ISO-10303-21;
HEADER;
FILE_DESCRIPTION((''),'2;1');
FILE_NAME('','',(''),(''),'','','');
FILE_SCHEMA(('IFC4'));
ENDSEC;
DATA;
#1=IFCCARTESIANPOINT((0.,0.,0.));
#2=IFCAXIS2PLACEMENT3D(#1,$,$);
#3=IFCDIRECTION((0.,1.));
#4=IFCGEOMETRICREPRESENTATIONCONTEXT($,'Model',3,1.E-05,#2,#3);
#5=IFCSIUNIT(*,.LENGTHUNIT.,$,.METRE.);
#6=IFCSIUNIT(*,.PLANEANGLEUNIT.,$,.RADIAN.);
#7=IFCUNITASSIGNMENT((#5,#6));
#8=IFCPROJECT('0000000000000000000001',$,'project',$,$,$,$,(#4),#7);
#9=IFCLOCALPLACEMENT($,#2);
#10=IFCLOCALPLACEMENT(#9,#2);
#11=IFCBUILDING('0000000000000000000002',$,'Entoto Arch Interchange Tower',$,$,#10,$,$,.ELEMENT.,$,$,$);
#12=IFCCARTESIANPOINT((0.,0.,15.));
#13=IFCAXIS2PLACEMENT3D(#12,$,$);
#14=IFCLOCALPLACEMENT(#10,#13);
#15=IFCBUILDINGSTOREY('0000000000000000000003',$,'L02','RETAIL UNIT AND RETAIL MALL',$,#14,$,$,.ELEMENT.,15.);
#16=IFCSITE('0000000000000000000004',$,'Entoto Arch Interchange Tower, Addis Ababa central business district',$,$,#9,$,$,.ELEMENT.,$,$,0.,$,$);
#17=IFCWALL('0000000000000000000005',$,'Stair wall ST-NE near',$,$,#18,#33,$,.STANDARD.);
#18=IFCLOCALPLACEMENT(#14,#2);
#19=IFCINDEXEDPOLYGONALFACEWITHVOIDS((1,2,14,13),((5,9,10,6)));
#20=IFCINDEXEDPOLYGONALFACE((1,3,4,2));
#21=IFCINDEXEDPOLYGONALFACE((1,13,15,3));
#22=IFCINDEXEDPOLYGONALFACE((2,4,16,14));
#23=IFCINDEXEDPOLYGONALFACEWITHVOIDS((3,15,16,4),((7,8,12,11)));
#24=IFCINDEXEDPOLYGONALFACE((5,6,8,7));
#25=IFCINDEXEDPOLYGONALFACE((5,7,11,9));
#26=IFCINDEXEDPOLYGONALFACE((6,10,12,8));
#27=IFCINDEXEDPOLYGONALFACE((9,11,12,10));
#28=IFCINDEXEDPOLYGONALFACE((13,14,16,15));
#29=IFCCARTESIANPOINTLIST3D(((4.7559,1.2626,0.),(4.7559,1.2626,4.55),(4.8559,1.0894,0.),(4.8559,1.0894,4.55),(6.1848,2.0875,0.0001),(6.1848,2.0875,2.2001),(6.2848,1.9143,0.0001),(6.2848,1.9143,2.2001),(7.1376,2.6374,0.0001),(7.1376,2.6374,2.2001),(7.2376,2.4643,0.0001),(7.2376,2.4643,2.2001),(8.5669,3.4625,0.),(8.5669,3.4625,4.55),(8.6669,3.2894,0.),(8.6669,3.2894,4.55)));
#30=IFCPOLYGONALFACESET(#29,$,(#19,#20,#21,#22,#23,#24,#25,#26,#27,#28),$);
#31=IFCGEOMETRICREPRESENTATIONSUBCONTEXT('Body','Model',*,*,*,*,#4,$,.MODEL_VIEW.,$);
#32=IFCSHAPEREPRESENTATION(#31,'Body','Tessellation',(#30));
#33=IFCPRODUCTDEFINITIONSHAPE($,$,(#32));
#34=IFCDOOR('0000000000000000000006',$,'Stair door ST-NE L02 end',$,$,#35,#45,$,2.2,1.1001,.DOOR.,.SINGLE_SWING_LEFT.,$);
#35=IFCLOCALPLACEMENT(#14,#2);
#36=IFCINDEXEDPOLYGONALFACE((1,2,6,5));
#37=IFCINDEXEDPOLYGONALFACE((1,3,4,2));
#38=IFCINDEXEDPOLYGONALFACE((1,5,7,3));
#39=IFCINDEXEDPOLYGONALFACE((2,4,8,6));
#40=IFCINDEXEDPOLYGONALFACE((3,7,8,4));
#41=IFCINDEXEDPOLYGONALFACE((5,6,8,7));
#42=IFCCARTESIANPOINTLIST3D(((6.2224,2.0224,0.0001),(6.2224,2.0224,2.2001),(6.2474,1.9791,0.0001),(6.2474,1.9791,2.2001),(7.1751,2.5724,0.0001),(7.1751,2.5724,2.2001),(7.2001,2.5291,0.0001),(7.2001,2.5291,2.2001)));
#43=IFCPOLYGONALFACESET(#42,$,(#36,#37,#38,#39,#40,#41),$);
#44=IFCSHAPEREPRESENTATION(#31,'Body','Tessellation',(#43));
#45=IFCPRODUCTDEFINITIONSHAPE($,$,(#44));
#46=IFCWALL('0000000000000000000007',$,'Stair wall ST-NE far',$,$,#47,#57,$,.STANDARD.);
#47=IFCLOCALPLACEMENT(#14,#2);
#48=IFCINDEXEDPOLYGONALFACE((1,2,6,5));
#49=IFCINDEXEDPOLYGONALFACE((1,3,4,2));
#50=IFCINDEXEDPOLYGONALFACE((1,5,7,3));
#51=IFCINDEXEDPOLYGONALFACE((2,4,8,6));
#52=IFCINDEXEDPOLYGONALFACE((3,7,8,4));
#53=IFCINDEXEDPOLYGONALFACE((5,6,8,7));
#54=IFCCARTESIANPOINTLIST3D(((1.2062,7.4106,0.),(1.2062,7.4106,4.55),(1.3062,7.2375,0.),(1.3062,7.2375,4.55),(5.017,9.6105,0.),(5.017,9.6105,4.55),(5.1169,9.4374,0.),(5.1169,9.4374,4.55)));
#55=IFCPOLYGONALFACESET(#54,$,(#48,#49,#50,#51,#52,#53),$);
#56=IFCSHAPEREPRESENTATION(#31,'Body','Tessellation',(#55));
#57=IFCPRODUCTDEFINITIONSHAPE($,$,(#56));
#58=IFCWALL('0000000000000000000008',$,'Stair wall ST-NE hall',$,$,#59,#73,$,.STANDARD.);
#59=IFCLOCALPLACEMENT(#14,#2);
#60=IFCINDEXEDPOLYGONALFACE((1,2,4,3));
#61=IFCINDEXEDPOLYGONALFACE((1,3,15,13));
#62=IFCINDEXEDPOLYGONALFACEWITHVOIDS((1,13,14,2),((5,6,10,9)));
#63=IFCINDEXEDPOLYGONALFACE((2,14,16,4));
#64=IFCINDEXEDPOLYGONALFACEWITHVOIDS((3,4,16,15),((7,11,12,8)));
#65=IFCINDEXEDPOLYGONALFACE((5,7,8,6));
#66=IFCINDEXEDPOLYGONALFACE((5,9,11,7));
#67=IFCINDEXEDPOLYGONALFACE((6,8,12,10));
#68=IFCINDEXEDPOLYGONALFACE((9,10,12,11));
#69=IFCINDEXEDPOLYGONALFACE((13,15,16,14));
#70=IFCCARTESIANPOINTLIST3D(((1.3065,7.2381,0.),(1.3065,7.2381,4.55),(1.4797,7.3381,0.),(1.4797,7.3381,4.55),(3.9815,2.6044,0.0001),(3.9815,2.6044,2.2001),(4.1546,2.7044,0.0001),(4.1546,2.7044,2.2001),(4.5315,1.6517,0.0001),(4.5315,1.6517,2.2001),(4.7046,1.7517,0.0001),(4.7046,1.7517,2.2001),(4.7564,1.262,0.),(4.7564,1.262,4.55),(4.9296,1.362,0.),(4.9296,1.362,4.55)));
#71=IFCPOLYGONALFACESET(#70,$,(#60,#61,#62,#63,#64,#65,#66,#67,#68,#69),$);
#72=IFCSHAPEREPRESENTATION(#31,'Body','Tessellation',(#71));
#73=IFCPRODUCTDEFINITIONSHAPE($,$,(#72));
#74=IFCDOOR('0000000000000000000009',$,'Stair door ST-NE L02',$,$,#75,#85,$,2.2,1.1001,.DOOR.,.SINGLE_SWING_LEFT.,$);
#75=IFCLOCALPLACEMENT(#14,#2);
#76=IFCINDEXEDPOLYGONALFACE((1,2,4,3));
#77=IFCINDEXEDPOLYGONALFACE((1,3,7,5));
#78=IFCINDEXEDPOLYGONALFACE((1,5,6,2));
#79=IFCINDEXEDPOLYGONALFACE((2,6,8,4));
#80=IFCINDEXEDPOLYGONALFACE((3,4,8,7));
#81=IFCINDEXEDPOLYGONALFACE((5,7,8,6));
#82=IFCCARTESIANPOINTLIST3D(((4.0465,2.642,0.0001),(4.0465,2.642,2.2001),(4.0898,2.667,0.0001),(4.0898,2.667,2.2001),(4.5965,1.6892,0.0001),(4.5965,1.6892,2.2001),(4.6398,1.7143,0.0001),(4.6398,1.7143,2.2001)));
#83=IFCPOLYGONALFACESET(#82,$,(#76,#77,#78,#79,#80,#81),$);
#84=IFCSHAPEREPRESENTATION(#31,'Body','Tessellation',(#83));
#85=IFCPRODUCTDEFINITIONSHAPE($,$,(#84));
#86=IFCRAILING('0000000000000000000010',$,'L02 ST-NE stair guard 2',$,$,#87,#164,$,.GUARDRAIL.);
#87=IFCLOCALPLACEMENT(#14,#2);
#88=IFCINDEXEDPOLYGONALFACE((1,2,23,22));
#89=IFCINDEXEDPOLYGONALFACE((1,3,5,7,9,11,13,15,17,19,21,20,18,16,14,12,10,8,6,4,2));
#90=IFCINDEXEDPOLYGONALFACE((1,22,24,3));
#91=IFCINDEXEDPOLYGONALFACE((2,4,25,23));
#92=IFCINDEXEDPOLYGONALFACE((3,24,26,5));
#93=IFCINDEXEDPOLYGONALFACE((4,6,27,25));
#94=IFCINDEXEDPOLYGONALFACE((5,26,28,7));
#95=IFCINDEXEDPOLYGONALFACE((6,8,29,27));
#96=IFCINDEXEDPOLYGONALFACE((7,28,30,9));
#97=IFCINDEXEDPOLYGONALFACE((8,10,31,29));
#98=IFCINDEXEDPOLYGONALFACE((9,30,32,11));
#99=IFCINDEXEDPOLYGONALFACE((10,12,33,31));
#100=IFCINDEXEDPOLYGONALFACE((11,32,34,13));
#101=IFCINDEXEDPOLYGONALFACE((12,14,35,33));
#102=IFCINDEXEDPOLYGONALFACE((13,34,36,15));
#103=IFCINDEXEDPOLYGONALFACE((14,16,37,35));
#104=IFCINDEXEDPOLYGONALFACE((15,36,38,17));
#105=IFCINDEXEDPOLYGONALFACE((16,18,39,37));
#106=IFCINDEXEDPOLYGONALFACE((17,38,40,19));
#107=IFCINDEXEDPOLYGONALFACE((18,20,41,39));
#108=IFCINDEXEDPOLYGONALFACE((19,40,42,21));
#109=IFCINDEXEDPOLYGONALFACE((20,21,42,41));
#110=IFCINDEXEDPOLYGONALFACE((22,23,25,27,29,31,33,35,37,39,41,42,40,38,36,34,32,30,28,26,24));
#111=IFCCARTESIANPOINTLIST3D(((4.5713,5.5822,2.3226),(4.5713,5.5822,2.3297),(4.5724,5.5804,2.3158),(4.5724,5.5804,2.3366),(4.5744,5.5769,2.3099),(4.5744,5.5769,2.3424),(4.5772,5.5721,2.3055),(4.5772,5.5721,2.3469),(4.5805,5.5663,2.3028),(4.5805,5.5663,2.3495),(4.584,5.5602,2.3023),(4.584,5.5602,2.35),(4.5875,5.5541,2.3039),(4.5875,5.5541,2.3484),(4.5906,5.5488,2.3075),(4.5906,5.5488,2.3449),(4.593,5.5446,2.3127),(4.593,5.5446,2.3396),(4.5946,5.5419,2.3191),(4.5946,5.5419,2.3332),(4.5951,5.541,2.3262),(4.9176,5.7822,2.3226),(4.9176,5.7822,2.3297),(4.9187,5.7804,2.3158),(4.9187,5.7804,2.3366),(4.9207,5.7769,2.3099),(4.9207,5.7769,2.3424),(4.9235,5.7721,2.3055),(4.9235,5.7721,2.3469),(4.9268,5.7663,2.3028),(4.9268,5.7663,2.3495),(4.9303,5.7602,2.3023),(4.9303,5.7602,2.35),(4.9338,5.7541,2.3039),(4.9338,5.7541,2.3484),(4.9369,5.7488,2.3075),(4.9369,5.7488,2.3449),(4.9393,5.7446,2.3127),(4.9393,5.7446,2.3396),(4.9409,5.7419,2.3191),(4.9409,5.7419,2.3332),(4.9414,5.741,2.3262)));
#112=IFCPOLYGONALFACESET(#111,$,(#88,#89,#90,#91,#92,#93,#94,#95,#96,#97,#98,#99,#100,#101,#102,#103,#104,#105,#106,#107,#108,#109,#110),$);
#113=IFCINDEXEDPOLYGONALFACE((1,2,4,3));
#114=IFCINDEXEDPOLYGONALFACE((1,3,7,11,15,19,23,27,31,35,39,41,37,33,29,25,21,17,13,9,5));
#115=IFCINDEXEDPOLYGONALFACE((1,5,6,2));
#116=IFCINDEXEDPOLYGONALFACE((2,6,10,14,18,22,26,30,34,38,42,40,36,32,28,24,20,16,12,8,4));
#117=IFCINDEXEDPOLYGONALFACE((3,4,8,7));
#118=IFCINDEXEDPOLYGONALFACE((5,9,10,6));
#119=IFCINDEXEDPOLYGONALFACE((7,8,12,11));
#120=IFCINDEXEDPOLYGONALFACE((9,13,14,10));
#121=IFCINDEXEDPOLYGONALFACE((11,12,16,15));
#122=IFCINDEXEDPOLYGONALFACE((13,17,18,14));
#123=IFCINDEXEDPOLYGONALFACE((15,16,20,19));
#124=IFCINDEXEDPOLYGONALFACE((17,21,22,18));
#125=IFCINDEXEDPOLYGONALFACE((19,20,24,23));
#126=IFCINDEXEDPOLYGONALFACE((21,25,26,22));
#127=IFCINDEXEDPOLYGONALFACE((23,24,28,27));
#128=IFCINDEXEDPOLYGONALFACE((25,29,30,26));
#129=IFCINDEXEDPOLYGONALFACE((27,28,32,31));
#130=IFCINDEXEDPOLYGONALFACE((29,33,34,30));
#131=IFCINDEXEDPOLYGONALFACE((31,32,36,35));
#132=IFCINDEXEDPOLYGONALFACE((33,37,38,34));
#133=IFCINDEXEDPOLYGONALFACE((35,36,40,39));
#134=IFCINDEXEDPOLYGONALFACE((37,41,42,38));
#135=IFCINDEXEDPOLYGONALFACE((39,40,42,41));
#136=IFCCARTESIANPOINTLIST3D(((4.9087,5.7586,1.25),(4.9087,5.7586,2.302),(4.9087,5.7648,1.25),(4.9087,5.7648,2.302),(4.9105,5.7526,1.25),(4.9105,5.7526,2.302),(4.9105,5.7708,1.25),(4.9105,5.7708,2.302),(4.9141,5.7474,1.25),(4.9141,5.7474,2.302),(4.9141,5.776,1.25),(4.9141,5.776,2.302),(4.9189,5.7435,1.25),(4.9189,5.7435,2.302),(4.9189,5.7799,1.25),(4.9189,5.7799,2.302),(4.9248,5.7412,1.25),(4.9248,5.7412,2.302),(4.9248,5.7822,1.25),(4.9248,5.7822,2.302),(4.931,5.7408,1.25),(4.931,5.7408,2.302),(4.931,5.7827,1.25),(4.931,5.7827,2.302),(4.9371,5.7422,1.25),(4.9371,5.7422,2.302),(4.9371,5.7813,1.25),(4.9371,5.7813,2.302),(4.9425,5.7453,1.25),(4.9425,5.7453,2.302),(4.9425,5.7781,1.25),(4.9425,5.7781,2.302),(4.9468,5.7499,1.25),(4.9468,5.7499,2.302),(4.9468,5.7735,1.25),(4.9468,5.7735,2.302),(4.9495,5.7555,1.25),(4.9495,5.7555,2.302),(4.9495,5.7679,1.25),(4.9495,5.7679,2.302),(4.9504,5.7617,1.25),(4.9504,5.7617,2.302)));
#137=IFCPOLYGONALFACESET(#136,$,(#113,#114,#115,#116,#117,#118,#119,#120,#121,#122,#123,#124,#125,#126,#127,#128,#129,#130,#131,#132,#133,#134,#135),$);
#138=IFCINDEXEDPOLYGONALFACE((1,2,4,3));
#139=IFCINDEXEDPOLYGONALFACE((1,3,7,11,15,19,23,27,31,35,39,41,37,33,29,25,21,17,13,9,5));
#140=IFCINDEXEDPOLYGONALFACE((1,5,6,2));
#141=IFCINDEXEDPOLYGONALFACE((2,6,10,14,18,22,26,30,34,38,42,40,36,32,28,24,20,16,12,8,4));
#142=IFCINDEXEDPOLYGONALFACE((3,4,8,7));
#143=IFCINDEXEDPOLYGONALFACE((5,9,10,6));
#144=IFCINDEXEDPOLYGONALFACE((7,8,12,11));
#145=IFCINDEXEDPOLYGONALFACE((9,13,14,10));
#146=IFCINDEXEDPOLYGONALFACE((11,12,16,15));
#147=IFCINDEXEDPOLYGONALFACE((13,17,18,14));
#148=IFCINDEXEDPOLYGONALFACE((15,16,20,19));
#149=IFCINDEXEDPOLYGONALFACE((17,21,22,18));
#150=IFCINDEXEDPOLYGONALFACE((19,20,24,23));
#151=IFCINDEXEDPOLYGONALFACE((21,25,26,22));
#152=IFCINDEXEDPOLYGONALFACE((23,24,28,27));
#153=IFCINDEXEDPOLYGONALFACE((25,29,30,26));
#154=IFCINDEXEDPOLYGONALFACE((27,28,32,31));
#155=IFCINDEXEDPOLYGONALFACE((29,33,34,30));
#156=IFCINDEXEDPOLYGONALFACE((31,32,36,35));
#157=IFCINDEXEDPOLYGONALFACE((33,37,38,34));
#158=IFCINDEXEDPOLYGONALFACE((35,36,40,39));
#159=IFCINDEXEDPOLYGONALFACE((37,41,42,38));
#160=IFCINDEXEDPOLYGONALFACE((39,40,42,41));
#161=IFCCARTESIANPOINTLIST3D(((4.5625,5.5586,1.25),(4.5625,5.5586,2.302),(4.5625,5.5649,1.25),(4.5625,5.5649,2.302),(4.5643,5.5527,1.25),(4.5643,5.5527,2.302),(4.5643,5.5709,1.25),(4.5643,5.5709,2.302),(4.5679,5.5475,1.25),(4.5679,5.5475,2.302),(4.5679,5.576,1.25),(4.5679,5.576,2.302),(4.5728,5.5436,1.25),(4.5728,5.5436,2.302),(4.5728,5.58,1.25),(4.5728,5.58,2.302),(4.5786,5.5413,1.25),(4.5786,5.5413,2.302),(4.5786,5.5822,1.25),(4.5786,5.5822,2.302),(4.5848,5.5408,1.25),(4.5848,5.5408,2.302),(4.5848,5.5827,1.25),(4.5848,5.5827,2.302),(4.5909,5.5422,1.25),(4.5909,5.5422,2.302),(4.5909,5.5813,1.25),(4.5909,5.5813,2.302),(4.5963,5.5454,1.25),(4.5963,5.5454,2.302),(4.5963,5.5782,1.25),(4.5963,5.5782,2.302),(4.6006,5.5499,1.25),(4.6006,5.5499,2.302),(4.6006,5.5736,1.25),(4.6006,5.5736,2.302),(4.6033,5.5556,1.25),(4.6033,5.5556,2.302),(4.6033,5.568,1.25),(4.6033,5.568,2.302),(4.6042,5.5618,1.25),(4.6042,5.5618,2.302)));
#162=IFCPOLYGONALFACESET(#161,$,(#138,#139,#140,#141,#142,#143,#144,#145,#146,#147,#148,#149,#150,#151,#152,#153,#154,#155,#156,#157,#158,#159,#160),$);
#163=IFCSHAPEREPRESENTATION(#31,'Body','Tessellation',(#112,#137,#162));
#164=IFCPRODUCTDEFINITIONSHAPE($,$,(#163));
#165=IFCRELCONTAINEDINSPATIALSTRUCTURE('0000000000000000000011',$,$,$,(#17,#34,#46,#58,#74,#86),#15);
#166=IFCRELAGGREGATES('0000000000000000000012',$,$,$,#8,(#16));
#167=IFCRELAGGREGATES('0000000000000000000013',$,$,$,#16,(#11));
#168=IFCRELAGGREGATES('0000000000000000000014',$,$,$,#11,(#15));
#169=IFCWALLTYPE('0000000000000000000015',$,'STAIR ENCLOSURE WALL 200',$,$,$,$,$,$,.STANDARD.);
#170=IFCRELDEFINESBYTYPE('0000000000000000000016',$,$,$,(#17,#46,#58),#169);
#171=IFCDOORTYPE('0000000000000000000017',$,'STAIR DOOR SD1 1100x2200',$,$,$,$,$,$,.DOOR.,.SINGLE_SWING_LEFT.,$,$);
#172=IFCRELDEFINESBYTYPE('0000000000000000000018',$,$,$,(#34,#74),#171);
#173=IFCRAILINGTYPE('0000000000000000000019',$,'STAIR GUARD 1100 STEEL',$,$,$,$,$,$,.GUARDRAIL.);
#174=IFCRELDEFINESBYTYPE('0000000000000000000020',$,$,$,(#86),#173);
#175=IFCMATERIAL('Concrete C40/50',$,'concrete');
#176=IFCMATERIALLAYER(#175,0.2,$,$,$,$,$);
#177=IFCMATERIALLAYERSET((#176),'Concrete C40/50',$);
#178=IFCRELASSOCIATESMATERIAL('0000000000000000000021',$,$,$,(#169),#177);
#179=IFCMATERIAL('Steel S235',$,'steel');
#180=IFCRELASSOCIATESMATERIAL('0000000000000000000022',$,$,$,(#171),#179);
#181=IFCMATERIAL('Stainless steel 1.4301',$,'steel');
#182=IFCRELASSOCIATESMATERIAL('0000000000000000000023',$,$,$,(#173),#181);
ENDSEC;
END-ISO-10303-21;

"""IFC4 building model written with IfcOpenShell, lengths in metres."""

from ifc_helpers import new_model, si_unit, direction, frame, frame_2d, origin, origin_2d, place, context, subcontext, project, spatial, rectangle, circle, extrude, material, layer, layer_set, type_object, element, fill, save


model = new_model("IFC4")

# Units and contexts
model_context = context("Model", 3, precision=1e-05, world=origin(), true_north=direction((0.0, 1.0)))
body_context = subcontext(model_context, "Body", "Model", "MODEL_VIEW")
ifc_project = project(units=[si_unit("LENGTHUNIT", "METRE"), si_unit("PLANEANGLEUNIT", "RADIAN")], contexts=[model_context])

# Site, building, storey
site_placement = place(None, origin())
site = spatial("IfcSite", under=ifc_project, at=site_placement, Name="Entoto Arch Interchange Tower, Addis Ababa central business district", CompositionType="ELEMENT", RefElevation=0.0)
building_placement = place(site_placement, origin())
building = spatial("IfcBuilding", under=site, at=building_placement, Name="Entoto Arch Interchange Tower", CompositionType="ELEMENT")
storey_placement = place(building_placement, frame((0.0, 0.0, 15.0)))
storey = spatial("IfcBuildingStorey", under=building, at=storey_placement, Name="L02", Description="RETAIL UNIT AND RETAIL MALL", CompositionType="ELEMENT", Elevation=15.0)

# Shared definitions
ifc_material_1 = material(Name="Concrete C40/50", Category="concrete")

# Wall, opening, door
ifc_layer_1 = layer(ifc_material_1, 0.2)
ifc_layer_set_1 = layer_set([ifc_layer_1], Name="Concrete C40/50")
wall_type_1 = type_object("IfcWallType", Name="STAIR ENCLOSURE WALL 200", PredefinedType="STANDARD", material=ifc_layer_set_1)
wall_1_placement = place(storey_placement, frame((4.8059, 1.176, 0.0), z_axis=(0.0, 0.0, 1.0), x_axis=(0.86606, 0.49994, 0.0)))
wall_1 = element("IfcWall", 1, at=wall_1_placement, inside=storey, type_object=wall_type_1, Name="Stair wall ST-NE near", PredefinedType="STANDARD", context=body_context, shape_type="SweptSolid", body=[
    extrude(rectangle(XDim=4.4004, YDim=0.2, at=frame_2d((2.2002, 0.0))), origin(), (0.0, 0.0, 1.0), 4.55),
])
opening_1_placement = place(wall_1_placement, frame((1.6499, 0.0, 0.0)))
opening_1 = element("IfcOpeningElement", 2, at=opening_1_placement, cuts=wall_1, PredefinedType="OPENING", context=body_context, shape_type="SweptSolid", body=[
    extrude(rectangle(XDim=1.1001, YDim=2.2, at=frame_2d((0.55, 1.1001))), frame((0.0, 0.1099, 0.0), z_axis=(0.0, -1.0, 0.0), x_axis=(1.0, 0.0, 0.0)), (0.0, 0.0, 1.0), 0.22),
])
ifc_material_2 = material(Name="Steel S235", Category="steel")
door_type = type_object("IfcDoorType", Name="STAIR DOOR SD1 1100x2200", OperationType="SINGLE_SWING_LEFT", PredefinedType="DOOR", material=ifc_material_2)
door_1_placement = place(opening_1_placement, origin())
door_1 = element("IfcDoor", 3, at=door_1_placement, inside=storey, type_object=door_type, Name="Stair door ST-NE L02 end", OperationType="SINGLE_SWING_LEFT", OverallHeight=2.2, OverallWidth=1.1001, PredefinedType="DOOR", context=body_context, shape_type="SweptSolid", body=[
    extrude(rectangle(XDim=1.1001, YDim=2.2, at=frame_2d((0.55, 1.1001))), frame((0.0, 0.0249, 0.0), z_axis=(0.0, -1.0, 0.0), x_axis=(1.0, 0.0, 0.0)), (0.0, 0.0, 1.0), 0.05),
])
fill(opening_1, door_1)

# Wall
wall_2_placement = place(storey_placement, frame((1.2561, 7.324, 0.0), z_axis=(0.0, 0.0, 1.0), x_axis=(0.866046, 0.499964, 0.0)))
element("IfcWall", 4, at=wall_2_placement, inside=storey, type_object=wall_type_1, Name="Stair wall ST-NE far", PredefinedType="STANDARD", context=body_context, shape_type="SweptSolid", body=[
    extrude(rectangle(XDim=4.4001, YDim=0.2, at=frame_2d((2.2002, 0.0))), origin(), (0.0, 0.0, 1.0), 4.55),
])

# Wall, opening, door
wall_3_placement = place(storey_placement, frame((4.843, 1.312, 0.0), z_axis=(0.0, 0.0, 1.0), x_axis=(-0.499963, 0.866047, 0.0)))
wall_3 = element("IfcWall", 5, at=wall_3_placement, inside=storey, type_object=wall_type_1, Name="Stair wall ST-NE hall", PredefinedType="STANDARD", context=body_context, shape_type="SweptSolid", body=[
    extrude(rectangle(XDim=6.9004, YDim=0.2, at=frame_2d((3.4502, 0.0))), origin(), (0.0, 0.0, 1.0), 4.55),
])
opening_2_placement = place(wall_3_placement, frame((0.45, 0.0, 0.0)))
opening_2 = element("IfcOpeningElement", 6, at=opening_2_placement, cuts=wall_3, PredefinedType="OPENING", context=body_context, shape_type="SweptSolid", body=[
    extrude(rectangle(XDim=1.1001, YDim=2.2, at=frame_2d((0.55, 1.1001))), frame((0.0, 0.1099, 0.0), z_axis=(0.0, -1.0, 0.0), x_axis=(1.0, 0.0, 0.0)), (0.0, 0.0, 1.0), 0.22),
])
door_2_placement = place(opening_2_placement, origin())
door_2 = element("IfcDoor", 7, at=door_2_placement, inside=storey, type_object=door_type, Name="Stair door ST-NE L02", OperationType="SINGLE_SWING_LEFT", OverallHeight=2.2, OverallWidth=1.1001, PredefinedType="DOOR", context=body_context, shape_type="SweptSolid", body=[
    extrude(rectangle(XDim=1.1001, YDim=2.2, at=frame_2d((0.55, 1.1001))), frame((0.0, 0.0249, 0.0), z_axis=(0.0, -1.0, 0.0), x_axis=(1.0, 0.0, 0.0)), (0.0, 0.0, 1.0), 0.05),
])
fill(opening_2, door_2)

# Railing
ifc_material_3 = material(Name="Stainless steel 1.4301", Category="steel")
railing_type_1 = type_object("IfcRailingType", Name="STAIR GUARD 1100 STEEL", PredefinedType="GUARDRAIL", material=ifc_material_3)
railing_1_placement = place(storey_placement, frame((4.9294, 5.7617, 1.25)))
element("IfcRailing", 8, at=railing_1_placement, inside=storey, type_object=railing_type_1, Name="L02 ST-NE stair guard 2", PredefinedType="GUARDRAIL", context=body_context, shape_type="SweptSolid", body=[
    extrude(circle(Radius=0.0239, at=origin_2d()), frame((0.0, 0.0, 1.0762), z_axis=(-0.865941, -0.500145, 0.0), x_axis=(0.500145, -0.865941, 0.0)), (0.0, 0.0, 1.0), 0.3999),
    extrude(circle(Radius=0.021, at=origin_2d()), origin(), (0.0, 0.0, 1.0), 1.052),
    extrude(circle(Radius=0.021, at=origin_2d()), frame((-0.3462, -0.2, 0.0)), (0.0, 0.0, 1.0), 1.052),
])

save(model, "model.ifc")
